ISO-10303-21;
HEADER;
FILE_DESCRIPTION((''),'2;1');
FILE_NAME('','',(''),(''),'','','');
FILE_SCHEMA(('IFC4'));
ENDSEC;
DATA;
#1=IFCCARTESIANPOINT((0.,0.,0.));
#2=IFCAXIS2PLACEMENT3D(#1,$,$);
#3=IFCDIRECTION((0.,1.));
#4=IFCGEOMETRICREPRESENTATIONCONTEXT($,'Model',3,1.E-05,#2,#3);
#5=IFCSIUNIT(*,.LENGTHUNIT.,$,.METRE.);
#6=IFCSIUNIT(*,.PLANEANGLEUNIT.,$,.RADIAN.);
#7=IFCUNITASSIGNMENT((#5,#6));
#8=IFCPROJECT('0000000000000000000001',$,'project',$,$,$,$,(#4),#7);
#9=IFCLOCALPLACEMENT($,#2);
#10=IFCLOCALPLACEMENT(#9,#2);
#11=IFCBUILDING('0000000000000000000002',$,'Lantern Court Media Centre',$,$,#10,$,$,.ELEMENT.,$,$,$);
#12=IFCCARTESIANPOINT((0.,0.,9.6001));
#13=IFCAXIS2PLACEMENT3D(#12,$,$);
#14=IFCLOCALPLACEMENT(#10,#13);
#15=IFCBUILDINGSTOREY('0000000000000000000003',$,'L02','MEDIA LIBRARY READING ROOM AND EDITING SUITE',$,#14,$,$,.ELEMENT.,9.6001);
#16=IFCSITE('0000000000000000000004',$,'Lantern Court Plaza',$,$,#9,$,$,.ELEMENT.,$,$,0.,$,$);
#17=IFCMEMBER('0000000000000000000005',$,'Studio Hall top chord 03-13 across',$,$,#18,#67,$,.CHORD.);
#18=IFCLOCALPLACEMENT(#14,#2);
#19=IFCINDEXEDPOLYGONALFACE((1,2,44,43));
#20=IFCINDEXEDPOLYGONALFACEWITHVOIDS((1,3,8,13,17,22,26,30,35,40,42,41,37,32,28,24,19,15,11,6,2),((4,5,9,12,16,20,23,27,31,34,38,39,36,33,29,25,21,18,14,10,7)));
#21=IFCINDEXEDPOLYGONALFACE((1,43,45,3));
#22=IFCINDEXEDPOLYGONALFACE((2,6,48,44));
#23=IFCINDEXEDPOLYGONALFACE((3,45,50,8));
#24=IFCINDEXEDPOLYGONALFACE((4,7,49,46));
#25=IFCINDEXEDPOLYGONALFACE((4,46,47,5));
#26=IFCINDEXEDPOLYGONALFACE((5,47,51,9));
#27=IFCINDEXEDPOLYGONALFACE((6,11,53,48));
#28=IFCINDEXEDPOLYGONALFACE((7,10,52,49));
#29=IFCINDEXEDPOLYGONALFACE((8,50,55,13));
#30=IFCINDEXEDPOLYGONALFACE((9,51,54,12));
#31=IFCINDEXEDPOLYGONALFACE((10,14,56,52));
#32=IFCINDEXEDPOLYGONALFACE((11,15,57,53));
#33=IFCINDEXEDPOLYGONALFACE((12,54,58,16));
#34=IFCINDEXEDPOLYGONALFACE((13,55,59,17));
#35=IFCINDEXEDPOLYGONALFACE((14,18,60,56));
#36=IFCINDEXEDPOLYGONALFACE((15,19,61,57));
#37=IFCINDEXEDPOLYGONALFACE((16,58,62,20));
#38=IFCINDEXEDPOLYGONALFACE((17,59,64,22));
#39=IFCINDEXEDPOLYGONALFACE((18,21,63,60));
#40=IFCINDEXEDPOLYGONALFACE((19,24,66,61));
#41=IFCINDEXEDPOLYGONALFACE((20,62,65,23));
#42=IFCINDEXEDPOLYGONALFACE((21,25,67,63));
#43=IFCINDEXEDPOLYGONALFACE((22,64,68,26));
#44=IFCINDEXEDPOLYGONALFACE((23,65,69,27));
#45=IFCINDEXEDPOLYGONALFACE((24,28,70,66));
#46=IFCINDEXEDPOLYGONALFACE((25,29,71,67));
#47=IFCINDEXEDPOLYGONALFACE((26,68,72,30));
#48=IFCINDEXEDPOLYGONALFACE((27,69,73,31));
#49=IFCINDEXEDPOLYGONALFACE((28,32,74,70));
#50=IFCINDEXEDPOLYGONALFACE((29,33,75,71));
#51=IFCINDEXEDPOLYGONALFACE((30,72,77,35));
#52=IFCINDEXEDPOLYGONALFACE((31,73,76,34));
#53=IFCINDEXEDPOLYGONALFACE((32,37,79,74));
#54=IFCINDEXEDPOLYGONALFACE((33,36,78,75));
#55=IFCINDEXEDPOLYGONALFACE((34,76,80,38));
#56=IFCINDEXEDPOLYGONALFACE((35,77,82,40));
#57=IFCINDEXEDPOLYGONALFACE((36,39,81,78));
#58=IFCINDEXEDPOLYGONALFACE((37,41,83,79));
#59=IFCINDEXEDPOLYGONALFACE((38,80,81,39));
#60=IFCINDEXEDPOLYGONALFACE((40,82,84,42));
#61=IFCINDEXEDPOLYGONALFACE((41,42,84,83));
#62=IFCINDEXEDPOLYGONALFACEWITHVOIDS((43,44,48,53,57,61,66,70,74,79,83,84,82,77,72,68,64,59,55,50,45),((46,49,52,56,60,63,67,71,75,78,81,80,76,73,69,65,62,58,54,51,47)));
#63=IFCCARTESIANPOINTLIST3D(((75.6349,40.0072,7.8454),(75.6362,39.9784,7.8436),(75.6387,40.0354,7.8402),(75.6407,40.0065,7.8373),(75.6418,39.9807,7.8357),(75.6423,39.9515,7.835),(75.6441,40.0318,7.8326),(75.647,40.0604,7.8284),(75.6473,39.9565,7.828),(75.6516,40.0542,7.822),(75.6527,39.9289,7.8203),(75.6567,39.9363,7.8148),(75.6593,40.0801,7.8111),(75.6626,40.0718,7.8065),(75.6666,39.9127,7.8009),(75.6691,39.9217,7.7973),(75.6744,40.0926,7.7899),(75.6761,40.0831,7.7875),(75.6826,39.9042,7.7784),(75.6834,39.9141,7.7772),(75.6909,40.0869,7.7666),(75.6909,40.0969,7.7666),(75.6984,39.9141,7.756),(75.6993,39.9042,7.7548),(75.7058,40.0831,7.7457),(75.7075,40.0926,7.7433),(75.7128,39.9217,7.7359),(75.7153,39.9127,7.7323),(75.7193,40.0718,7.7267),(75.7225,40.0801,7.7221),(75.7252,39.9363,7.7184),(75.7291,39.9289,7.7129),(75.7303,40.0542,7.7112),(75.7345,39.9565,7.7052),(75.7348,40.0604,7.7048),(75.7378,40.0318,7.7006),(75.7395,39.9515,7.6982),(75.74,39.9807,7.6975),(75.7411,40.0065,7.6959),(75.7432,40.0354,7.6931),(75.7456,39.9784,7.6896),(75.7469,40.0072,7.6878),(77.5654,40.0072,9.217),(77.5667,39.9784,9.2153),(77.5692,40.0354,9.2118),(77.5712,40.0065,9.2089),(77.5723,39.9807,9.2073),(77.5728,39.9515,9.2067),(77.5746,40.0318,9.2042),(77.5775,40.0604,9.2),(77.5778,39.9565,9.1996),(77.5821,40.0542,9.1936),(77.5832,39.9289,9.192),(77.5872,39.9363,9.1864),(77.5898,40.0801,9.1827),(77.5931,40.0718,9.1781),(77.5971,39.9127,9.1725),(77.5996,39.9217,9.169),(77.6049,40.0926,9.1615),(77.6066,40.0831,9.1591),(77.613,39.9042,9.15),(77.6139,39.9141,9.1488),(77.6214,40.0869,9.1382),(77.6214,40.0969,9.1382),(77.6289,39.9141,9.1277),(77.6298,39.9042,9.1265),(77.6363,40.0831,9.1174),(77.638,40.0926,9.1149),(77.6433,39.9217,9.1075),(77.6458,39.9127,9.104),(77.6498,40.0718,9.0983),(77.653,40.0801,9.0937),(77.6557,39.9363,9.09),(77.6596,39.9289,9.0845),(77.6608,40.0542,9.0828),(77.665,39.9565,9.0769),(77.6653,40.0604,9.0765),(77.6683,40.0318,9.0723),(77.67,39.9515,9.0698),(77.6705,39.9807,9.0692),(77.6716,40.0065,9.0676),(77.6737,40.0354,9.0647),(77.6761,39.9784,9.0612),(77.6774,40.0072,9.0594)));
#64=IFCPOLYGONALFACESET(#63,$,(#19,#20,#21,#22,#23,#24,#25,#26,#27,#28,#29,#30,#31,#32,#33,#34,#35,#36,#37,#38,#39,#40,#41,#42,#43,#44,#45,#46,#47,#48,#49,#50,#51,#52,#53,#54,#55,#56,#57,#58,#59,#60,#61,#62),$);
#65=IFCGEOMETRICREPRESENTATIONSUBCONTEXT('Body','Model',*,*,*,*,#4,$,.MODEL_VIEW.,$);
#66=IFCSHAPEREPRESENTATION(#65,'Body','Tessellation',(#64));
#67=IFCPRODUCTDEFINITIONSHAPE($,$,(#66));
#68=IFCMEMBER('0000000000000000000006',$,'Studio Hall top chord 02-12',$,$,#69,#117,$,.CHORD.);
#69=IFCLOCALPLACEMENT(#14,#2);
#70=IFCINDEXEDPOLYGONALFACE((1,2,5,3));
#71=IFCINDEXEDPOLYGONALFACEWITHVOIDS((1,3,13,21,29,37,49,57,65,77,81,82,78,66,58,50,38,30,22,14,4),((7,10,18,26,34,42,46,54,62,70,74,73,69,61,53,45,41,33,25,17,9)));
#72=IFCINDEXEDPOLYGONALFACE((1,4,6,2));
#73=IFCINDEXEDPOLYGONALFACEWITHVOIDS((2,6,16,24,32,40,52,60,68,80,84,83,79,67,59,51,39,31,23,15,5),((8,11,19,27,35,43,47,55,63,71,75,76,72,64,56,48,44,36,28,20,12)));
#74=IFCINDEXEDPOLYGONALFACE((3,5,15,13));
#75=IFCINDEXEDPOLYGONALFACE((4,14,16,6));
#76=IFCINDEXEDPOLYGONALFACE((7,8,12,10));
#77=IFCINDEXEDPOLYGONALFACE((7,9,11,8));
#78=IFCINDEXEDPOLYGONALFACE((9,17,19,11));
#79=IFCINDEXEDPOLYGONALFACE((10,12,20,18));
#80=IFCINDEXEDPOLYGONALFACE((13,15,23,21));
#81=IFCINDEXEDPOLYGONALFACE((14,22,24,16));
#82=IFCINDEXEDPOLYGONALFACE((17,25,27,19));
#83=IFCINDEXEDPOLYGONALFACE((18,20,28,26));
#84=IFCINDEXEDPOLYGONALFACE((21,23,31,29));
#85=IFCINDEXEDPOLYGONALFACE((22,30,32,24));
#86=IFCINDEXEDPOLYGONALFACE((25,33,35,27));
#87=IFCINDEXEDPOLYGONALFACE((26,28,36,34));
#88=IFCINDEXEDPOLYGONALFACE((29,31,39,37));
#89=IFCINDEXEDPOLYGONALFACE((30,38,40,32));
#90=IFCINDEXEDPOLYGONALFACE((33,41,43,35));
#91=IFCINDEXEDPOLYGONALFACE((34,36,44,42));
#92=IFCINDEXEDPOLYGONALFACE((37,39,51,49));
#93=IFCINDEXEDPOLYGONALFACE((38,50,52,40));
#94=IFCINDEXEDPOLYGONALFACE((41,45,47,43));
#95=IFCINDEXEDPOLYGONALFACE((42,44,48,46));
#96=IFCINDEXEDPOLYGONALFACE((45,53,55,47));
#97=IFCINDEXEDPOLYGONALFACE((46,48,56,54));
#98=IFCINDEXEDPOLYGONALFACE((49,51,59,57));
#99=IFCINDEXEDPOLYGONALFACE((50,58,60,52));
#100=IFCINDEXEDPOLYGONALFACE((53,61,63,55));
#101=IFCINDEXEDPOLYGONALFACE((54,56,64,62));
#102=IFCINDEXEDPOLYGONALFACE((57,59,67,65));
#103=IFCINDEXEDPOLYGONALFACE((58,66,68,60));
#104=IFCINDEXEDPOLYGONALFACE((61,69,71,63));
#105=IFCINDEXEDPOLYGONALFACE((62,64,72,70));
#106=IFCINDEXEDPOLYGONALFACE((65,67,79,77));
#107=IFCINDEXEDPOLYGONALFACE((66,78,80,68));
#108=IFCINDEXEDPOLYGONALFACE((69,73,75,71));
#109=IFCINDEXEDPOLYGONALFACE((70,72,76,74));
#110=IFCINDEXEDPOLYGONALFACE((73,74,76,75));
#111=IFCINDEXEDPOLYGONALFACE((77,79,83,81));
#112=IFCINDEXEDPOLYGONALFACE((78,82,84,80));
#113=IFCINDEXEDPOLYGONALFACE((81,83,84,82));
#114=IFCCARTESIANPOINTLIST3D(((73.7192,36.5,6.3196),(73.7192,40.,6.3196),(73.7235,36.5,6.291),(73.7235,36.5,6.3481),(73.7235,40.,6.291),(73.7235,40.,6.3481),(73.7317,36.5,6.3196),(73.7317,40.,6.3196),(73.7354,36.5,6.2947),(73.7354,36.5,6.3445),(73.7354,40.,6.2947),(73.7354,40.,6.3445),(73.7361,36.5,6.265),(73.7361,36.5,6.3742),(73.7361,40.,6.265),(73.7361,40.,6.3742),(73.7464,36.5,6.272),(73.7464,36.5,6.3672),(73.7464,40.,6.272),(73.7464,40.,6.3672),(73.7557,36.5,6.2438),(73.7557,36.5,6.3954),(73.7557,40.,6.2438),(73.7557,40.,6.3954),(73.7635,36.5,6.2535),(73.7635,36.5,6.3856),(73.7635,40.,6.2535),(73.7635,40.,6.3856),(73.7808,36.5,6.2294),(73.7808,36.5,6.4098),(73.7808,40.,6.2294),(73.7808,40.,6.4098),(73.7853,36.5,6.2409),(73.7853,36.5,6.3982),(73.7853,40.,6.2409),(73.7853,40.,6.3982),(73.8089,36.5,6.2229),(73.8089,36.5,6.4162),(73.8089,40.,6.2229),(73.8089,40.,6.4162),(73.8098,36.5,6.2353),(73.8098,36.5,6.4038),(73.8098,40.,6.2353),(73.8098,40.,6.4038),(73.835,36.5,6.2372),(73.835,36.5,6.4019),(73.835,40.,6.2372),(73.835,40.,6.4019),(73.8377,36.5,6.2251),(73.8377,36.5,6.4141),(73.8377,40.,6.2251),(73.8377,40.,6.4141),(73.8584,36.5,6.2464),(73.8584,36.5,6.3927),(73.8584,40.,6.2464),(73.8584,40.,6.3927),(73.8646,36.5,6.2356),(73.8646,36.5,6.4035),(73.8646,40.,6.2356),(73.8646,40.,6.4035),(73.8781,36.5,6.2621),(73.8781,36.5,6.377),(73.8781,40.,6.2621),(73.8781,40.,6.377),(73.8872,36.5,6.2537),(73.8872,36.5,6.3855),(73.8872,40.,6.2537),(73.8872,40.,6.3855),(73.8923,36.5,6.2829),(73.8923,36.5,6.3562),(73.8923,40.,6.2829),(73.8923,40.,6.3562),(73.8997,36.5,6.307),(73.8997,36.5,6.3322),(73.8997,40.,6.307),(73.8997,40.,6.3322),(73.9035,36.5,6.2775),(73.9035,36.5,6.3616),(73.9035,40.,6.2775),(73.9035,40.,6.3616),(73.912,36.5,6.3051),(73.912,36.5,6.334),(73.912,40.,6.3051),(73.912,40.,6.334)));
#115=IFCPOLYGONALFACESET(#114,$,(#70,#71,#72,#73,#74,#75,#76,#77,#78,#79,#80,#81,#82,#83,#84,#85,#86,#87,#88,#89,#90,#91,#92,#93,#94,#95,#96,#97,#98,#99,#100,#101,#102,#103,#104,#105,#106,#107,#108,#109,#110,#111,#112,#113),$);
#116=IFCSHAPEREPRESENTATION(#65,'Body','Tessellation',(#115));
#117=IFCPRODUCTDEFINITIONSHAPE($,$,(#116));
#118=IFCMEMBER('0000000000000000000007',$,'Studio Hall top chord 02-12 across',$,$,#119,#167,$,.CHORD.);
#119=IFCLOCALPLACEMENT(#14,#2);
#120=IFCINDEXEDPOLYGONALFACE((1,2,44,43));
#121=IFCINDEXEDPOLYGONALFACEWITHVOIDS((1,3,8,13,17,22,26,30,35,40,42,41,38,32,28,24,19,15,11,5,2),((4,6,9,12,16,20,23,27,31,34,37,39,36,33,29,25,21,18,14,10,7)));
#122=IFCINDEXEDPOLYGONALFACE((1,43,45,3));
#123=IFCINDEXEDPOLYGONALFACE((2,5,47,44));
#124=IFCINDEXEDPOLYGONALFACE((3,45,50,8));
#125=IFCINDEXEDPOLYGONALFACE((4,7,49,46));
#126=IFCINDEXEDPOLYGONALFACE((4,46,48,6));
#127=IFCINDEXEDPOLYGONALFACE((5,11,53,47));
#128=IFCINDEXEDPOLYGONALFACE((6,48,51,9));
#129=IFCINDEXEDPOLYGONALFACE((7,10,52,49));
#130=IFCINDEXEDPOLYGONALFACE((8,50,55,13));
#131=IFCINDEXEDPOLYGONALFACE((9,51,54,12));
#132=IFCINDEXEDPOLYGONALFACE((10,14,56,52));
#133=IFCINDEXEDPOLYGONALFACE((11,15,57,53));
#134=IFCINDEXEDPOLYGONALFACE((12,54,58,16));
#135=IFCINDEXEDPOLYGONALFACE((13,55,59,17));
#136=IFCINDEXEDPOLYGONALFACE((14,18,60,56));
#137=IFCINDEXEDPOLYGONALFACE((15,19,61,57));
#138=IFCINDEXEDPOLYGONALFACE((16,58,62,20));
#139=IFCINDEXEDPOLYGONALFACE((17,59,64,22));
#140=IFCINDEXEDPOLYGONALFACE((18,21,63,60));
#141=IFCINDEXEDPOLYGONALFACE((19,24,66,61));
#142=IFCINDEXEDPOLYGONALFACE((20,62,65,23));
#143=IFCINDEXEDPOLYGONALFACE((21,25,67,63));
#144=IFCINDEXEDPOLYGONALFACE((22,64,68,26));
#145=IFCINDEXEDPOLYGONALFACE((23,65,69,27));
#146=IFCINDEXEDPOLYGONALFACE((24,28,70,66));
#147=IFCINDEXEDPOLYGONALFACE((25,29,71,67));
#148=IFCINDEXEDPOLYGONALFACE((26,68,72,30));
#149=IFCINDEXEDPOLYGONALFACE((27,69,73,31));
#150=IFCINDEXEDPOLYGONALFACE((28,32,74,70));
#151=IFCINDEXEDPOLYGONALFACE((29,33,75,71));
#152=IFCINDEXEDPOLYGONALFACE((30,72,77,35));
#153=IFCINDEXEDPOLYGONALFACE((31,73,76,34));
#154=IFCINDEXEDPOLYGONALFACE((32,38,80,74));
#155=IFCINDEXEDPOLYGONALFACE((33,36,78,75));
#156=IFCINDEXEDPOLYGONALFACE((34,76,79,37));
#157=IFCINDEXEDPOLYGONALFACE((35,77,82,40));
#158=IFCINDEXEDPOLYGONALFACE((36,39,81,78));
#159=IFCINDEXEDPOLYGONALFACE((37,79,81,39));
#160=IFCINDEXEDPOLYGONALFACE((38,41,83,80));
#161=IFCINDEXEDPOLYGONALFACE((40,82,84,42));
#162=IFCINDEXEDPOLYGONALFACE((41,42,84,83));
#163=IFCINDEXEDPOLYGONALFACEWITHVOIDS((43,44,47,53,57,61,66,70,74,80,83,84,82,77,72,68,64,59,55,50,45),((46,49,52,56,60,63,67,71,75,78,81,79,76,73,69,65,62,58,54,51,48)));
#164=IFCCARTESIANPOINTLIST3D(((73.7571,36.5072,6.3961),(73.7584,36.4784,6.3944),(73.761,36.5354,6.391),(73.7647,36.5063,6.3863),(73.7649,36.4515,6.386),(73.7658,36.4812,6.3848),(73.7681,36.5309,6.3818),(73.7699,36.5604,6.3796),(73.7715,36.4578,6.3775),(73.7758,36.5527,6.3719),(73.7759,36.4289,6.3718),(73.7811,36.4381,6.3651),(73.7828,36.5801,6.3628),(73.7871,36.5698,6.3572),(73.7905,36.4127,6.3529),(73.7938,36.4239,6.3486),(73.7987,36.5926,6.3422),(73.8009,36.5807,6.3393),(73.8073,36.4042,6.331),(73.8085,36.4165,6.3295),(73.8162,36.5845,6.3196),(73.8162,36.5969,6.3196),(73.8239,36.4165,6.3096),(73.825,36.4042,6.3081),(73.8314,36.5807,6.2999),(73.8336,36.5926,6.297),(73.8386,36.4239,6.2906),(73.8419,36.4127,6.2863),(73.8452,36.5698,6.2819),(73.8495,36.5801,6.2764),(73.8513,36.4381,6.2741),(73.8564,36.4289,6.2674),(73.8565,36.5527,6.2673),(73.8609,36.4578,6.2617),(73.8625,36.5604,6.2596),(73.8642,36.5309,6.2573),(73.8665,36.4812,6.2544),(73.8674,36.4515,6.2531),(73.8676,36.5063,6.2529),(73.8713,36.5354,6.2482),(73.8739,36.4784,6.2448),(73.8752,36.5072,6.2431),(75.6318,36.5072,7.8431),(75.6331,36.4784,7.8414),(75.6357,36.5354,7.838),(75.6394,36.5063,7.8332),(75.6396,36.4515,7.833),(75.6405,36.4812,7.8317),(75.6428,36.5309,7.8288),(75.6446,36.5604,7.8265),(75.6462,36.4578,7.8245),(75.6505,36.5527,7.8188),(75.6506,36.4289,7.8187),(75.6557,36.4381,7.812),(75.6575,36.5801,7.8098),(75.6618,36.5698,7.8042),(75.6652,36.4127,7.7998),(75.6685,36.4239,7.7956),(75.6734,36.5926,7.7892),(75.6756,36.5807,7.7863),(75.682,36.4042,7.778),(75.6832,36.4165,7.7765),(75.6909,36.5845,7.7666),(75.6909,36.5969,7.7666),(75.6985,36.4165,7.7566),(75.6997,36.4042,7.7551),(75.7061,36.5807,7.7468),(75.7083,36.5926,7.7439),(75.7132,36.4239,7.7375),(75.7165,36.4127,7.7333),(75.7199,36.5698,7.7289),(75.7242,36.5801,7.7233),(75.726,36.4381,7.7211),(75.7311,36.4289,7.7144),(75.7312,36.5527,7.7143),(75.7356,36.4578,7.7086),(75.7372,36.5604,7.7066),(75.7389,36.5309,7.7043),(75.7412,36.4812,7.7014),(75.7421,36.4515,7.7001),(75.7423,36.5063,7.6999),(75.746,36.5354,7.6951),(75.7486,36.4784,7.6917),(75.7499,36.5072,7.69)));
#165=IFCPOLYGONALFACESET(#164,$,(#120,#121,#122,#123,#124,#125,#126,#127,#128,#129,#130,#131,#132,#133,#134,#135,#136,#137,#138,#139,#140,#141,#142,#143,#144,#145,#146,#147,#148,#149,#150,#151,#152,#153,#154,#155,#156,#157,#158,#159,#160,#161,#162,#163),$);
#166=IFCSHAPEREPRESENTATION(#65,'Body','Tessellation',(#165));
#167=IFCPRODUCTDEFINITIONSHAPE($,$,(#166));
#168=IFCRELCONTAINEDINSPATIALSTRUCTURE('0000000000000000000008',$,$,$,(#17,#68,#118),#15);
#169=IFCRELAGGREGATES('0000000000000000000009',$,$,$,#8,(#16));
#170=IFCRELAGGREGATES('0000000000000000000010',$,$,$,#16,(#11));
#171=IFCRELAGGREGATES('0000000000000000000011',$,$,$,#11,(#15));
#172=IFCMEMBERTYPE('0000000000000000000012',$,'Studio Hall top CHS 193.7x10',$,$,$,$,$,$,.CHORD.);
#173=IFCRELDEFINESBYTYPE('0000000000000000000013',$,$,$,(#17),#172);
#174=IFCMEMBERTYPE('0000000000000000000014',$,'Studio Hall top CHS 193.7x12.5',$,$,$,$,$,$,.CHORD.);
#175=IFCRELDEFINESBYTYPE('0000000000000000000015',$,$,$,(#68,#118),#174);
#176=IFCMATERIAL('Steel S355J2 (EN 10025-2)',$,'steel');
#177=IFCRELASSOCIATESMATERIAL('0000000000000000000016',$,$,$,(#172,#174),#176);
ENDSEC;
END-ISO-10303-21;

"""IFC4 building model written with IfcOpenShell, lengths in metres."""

from ifc_helpers import new_model, si_unit, direction, frame, origin, origin_2d, place, context, subcontext, project, spatial, hollow_circle, extrude, material, material_profile, profile_set, type_object, element, save


model = new_model("IFC4")

# Units and contexts
model_context = context("Model", 3, precision=1e-05, world=origin(), true_north=direction((0.0, 1.0)))
body_context = subcontext(model_context, "Body", "Model", "MODEL_VIEW")
ifc_project = project(units=[si_unit("LENGTHUNIT", "METRE"), si_unit("PLANEANGLEUNIT", "RADIAN")], contexts=[model_context])

# Site, building, storey
site_placement = place(None, origin())
site = spatial("IfcSite", under=ifc_project, at=site_placement, Name="Lantern Court Plaza", CompositionType="ELEMENT", RefElevation=0.0)
building_placement = place(site_placement, origin())
building = spatial("IfcBuilding", under=site, at=building_placement, Name="Lantern Court Media Centre", CompositionType="ELEMENT")
storey_placement = place(building_placement, frame((0.0, 0.0, 9.6001)))
storey = spatial("IfcBuildingStorey", under=building, at=storey_placement, Name="L02", Description="MEDIA LIBRARY READING ROOM AND EDITING SUITE", CompositionType="ELEMENT", Elevation=9.6001)

# Members
ifc_material_1 = material(Name="Steel S355J2 (EN 10025-2)", Category="steel")
ifc_material_profile_1 = material_profile(ifc_material_1, hollow_circle(Radius=0.0969, WallThickness=0.01, at=origin_2d()), Name="Studio Hall top CHS 193.7x10")
ifc_profile_set_1 = profile_set([ifc_material_profile_1], Name="Steel S355J2 (EN 10025-2)")
member_type_1 = type_object("IfcMemberType", Name="Studio Hall top CHS 193.7x10", PredefinedType="CHORD", material=ifc_profile_set_1)
for number, where, z_axis, x_axis, name in (
    (1, (75.6909, 40.0, 7.7666), (0.815187, 0.0, 0.579198), (0.0, 1.0, 0.0), "Studio Hall top chord 03-13 across"),
):
    element("IfcMember", number, at=place(storey_placement, frame(where, z_axis=z_axis, x_axis=x_axis)), inside=storey, type_object=member_type_1, Name=name, PredefinedType="CHORD", context=body_context, shape_type="SweptSolid", body=[
        extrude(hollow_circle(Radius=0.0969, WallThickness=0.01, at=origin_2d()), origin(), (0.0, 0.0, 1.0), 2.3682),
    ])
ifc_material_profile_2 = material_profile(ifc_material_1, hollow_circle(Radius=0.0969, WallThickness=0.0125, at=origin_2d()), Name="Studio Hall top CHS 193.7x12.5")
ifc_profile_set_2 = profile_set([ifc_material_profile_2], Name="Steel S355J2 (EN 10025-2)")
member_type_2 = type_object("IfcMemberType", Name="Studio Hall top CHS 193.7x12.5", PredefinedType="CHORD", material=ifc_profile_set_2)
member_1_placement = place(storey_placement, frame((73.8162, 36.5, 6.3196), z_axis=(0.0, 1.0, 0.0), x_axis=(-1.0, 0.0, 0.0)))
element("IfcMember", 2, at=member_1_placement, inside=storey, type_object=member_type_2, Name="Studio Hall top chord 02-12", PredefinedType="CHORD", context=body_context, shape_type="SweptSolid", body=[
    extrude(hollow_circle(Radius=0.0969, WallThickness=0.0125, at=origin_2d()), origin(), (0.0, 0.0, 1.0), 3.5),
])
for number, where, z_axis, x_axis, name in (
    (3, (73.8162, 36.5, 6.3196), (0.791623, 0.0, 0.61101), (0.0, 1.0, 0.0), "Studio Hall top chord 02-12 across"),
):
    element("IfcMember", number, at=place(storey_placement, frame(where, z_axis=z_axis, x_axis=x_axis)), inside=storey, type_object=member_type_2, Name=name, PredefinedType="CHORD", context=body_context, shape_type="SweptSolid", body=[
        extrude(hollow_circle(Radius=0.0969, WallThickness=0.0125, at=origin_2d()), origin(), (0.0, 0.0, 1.0), 2.3682),
    ])

save(model, "model.ifc")
